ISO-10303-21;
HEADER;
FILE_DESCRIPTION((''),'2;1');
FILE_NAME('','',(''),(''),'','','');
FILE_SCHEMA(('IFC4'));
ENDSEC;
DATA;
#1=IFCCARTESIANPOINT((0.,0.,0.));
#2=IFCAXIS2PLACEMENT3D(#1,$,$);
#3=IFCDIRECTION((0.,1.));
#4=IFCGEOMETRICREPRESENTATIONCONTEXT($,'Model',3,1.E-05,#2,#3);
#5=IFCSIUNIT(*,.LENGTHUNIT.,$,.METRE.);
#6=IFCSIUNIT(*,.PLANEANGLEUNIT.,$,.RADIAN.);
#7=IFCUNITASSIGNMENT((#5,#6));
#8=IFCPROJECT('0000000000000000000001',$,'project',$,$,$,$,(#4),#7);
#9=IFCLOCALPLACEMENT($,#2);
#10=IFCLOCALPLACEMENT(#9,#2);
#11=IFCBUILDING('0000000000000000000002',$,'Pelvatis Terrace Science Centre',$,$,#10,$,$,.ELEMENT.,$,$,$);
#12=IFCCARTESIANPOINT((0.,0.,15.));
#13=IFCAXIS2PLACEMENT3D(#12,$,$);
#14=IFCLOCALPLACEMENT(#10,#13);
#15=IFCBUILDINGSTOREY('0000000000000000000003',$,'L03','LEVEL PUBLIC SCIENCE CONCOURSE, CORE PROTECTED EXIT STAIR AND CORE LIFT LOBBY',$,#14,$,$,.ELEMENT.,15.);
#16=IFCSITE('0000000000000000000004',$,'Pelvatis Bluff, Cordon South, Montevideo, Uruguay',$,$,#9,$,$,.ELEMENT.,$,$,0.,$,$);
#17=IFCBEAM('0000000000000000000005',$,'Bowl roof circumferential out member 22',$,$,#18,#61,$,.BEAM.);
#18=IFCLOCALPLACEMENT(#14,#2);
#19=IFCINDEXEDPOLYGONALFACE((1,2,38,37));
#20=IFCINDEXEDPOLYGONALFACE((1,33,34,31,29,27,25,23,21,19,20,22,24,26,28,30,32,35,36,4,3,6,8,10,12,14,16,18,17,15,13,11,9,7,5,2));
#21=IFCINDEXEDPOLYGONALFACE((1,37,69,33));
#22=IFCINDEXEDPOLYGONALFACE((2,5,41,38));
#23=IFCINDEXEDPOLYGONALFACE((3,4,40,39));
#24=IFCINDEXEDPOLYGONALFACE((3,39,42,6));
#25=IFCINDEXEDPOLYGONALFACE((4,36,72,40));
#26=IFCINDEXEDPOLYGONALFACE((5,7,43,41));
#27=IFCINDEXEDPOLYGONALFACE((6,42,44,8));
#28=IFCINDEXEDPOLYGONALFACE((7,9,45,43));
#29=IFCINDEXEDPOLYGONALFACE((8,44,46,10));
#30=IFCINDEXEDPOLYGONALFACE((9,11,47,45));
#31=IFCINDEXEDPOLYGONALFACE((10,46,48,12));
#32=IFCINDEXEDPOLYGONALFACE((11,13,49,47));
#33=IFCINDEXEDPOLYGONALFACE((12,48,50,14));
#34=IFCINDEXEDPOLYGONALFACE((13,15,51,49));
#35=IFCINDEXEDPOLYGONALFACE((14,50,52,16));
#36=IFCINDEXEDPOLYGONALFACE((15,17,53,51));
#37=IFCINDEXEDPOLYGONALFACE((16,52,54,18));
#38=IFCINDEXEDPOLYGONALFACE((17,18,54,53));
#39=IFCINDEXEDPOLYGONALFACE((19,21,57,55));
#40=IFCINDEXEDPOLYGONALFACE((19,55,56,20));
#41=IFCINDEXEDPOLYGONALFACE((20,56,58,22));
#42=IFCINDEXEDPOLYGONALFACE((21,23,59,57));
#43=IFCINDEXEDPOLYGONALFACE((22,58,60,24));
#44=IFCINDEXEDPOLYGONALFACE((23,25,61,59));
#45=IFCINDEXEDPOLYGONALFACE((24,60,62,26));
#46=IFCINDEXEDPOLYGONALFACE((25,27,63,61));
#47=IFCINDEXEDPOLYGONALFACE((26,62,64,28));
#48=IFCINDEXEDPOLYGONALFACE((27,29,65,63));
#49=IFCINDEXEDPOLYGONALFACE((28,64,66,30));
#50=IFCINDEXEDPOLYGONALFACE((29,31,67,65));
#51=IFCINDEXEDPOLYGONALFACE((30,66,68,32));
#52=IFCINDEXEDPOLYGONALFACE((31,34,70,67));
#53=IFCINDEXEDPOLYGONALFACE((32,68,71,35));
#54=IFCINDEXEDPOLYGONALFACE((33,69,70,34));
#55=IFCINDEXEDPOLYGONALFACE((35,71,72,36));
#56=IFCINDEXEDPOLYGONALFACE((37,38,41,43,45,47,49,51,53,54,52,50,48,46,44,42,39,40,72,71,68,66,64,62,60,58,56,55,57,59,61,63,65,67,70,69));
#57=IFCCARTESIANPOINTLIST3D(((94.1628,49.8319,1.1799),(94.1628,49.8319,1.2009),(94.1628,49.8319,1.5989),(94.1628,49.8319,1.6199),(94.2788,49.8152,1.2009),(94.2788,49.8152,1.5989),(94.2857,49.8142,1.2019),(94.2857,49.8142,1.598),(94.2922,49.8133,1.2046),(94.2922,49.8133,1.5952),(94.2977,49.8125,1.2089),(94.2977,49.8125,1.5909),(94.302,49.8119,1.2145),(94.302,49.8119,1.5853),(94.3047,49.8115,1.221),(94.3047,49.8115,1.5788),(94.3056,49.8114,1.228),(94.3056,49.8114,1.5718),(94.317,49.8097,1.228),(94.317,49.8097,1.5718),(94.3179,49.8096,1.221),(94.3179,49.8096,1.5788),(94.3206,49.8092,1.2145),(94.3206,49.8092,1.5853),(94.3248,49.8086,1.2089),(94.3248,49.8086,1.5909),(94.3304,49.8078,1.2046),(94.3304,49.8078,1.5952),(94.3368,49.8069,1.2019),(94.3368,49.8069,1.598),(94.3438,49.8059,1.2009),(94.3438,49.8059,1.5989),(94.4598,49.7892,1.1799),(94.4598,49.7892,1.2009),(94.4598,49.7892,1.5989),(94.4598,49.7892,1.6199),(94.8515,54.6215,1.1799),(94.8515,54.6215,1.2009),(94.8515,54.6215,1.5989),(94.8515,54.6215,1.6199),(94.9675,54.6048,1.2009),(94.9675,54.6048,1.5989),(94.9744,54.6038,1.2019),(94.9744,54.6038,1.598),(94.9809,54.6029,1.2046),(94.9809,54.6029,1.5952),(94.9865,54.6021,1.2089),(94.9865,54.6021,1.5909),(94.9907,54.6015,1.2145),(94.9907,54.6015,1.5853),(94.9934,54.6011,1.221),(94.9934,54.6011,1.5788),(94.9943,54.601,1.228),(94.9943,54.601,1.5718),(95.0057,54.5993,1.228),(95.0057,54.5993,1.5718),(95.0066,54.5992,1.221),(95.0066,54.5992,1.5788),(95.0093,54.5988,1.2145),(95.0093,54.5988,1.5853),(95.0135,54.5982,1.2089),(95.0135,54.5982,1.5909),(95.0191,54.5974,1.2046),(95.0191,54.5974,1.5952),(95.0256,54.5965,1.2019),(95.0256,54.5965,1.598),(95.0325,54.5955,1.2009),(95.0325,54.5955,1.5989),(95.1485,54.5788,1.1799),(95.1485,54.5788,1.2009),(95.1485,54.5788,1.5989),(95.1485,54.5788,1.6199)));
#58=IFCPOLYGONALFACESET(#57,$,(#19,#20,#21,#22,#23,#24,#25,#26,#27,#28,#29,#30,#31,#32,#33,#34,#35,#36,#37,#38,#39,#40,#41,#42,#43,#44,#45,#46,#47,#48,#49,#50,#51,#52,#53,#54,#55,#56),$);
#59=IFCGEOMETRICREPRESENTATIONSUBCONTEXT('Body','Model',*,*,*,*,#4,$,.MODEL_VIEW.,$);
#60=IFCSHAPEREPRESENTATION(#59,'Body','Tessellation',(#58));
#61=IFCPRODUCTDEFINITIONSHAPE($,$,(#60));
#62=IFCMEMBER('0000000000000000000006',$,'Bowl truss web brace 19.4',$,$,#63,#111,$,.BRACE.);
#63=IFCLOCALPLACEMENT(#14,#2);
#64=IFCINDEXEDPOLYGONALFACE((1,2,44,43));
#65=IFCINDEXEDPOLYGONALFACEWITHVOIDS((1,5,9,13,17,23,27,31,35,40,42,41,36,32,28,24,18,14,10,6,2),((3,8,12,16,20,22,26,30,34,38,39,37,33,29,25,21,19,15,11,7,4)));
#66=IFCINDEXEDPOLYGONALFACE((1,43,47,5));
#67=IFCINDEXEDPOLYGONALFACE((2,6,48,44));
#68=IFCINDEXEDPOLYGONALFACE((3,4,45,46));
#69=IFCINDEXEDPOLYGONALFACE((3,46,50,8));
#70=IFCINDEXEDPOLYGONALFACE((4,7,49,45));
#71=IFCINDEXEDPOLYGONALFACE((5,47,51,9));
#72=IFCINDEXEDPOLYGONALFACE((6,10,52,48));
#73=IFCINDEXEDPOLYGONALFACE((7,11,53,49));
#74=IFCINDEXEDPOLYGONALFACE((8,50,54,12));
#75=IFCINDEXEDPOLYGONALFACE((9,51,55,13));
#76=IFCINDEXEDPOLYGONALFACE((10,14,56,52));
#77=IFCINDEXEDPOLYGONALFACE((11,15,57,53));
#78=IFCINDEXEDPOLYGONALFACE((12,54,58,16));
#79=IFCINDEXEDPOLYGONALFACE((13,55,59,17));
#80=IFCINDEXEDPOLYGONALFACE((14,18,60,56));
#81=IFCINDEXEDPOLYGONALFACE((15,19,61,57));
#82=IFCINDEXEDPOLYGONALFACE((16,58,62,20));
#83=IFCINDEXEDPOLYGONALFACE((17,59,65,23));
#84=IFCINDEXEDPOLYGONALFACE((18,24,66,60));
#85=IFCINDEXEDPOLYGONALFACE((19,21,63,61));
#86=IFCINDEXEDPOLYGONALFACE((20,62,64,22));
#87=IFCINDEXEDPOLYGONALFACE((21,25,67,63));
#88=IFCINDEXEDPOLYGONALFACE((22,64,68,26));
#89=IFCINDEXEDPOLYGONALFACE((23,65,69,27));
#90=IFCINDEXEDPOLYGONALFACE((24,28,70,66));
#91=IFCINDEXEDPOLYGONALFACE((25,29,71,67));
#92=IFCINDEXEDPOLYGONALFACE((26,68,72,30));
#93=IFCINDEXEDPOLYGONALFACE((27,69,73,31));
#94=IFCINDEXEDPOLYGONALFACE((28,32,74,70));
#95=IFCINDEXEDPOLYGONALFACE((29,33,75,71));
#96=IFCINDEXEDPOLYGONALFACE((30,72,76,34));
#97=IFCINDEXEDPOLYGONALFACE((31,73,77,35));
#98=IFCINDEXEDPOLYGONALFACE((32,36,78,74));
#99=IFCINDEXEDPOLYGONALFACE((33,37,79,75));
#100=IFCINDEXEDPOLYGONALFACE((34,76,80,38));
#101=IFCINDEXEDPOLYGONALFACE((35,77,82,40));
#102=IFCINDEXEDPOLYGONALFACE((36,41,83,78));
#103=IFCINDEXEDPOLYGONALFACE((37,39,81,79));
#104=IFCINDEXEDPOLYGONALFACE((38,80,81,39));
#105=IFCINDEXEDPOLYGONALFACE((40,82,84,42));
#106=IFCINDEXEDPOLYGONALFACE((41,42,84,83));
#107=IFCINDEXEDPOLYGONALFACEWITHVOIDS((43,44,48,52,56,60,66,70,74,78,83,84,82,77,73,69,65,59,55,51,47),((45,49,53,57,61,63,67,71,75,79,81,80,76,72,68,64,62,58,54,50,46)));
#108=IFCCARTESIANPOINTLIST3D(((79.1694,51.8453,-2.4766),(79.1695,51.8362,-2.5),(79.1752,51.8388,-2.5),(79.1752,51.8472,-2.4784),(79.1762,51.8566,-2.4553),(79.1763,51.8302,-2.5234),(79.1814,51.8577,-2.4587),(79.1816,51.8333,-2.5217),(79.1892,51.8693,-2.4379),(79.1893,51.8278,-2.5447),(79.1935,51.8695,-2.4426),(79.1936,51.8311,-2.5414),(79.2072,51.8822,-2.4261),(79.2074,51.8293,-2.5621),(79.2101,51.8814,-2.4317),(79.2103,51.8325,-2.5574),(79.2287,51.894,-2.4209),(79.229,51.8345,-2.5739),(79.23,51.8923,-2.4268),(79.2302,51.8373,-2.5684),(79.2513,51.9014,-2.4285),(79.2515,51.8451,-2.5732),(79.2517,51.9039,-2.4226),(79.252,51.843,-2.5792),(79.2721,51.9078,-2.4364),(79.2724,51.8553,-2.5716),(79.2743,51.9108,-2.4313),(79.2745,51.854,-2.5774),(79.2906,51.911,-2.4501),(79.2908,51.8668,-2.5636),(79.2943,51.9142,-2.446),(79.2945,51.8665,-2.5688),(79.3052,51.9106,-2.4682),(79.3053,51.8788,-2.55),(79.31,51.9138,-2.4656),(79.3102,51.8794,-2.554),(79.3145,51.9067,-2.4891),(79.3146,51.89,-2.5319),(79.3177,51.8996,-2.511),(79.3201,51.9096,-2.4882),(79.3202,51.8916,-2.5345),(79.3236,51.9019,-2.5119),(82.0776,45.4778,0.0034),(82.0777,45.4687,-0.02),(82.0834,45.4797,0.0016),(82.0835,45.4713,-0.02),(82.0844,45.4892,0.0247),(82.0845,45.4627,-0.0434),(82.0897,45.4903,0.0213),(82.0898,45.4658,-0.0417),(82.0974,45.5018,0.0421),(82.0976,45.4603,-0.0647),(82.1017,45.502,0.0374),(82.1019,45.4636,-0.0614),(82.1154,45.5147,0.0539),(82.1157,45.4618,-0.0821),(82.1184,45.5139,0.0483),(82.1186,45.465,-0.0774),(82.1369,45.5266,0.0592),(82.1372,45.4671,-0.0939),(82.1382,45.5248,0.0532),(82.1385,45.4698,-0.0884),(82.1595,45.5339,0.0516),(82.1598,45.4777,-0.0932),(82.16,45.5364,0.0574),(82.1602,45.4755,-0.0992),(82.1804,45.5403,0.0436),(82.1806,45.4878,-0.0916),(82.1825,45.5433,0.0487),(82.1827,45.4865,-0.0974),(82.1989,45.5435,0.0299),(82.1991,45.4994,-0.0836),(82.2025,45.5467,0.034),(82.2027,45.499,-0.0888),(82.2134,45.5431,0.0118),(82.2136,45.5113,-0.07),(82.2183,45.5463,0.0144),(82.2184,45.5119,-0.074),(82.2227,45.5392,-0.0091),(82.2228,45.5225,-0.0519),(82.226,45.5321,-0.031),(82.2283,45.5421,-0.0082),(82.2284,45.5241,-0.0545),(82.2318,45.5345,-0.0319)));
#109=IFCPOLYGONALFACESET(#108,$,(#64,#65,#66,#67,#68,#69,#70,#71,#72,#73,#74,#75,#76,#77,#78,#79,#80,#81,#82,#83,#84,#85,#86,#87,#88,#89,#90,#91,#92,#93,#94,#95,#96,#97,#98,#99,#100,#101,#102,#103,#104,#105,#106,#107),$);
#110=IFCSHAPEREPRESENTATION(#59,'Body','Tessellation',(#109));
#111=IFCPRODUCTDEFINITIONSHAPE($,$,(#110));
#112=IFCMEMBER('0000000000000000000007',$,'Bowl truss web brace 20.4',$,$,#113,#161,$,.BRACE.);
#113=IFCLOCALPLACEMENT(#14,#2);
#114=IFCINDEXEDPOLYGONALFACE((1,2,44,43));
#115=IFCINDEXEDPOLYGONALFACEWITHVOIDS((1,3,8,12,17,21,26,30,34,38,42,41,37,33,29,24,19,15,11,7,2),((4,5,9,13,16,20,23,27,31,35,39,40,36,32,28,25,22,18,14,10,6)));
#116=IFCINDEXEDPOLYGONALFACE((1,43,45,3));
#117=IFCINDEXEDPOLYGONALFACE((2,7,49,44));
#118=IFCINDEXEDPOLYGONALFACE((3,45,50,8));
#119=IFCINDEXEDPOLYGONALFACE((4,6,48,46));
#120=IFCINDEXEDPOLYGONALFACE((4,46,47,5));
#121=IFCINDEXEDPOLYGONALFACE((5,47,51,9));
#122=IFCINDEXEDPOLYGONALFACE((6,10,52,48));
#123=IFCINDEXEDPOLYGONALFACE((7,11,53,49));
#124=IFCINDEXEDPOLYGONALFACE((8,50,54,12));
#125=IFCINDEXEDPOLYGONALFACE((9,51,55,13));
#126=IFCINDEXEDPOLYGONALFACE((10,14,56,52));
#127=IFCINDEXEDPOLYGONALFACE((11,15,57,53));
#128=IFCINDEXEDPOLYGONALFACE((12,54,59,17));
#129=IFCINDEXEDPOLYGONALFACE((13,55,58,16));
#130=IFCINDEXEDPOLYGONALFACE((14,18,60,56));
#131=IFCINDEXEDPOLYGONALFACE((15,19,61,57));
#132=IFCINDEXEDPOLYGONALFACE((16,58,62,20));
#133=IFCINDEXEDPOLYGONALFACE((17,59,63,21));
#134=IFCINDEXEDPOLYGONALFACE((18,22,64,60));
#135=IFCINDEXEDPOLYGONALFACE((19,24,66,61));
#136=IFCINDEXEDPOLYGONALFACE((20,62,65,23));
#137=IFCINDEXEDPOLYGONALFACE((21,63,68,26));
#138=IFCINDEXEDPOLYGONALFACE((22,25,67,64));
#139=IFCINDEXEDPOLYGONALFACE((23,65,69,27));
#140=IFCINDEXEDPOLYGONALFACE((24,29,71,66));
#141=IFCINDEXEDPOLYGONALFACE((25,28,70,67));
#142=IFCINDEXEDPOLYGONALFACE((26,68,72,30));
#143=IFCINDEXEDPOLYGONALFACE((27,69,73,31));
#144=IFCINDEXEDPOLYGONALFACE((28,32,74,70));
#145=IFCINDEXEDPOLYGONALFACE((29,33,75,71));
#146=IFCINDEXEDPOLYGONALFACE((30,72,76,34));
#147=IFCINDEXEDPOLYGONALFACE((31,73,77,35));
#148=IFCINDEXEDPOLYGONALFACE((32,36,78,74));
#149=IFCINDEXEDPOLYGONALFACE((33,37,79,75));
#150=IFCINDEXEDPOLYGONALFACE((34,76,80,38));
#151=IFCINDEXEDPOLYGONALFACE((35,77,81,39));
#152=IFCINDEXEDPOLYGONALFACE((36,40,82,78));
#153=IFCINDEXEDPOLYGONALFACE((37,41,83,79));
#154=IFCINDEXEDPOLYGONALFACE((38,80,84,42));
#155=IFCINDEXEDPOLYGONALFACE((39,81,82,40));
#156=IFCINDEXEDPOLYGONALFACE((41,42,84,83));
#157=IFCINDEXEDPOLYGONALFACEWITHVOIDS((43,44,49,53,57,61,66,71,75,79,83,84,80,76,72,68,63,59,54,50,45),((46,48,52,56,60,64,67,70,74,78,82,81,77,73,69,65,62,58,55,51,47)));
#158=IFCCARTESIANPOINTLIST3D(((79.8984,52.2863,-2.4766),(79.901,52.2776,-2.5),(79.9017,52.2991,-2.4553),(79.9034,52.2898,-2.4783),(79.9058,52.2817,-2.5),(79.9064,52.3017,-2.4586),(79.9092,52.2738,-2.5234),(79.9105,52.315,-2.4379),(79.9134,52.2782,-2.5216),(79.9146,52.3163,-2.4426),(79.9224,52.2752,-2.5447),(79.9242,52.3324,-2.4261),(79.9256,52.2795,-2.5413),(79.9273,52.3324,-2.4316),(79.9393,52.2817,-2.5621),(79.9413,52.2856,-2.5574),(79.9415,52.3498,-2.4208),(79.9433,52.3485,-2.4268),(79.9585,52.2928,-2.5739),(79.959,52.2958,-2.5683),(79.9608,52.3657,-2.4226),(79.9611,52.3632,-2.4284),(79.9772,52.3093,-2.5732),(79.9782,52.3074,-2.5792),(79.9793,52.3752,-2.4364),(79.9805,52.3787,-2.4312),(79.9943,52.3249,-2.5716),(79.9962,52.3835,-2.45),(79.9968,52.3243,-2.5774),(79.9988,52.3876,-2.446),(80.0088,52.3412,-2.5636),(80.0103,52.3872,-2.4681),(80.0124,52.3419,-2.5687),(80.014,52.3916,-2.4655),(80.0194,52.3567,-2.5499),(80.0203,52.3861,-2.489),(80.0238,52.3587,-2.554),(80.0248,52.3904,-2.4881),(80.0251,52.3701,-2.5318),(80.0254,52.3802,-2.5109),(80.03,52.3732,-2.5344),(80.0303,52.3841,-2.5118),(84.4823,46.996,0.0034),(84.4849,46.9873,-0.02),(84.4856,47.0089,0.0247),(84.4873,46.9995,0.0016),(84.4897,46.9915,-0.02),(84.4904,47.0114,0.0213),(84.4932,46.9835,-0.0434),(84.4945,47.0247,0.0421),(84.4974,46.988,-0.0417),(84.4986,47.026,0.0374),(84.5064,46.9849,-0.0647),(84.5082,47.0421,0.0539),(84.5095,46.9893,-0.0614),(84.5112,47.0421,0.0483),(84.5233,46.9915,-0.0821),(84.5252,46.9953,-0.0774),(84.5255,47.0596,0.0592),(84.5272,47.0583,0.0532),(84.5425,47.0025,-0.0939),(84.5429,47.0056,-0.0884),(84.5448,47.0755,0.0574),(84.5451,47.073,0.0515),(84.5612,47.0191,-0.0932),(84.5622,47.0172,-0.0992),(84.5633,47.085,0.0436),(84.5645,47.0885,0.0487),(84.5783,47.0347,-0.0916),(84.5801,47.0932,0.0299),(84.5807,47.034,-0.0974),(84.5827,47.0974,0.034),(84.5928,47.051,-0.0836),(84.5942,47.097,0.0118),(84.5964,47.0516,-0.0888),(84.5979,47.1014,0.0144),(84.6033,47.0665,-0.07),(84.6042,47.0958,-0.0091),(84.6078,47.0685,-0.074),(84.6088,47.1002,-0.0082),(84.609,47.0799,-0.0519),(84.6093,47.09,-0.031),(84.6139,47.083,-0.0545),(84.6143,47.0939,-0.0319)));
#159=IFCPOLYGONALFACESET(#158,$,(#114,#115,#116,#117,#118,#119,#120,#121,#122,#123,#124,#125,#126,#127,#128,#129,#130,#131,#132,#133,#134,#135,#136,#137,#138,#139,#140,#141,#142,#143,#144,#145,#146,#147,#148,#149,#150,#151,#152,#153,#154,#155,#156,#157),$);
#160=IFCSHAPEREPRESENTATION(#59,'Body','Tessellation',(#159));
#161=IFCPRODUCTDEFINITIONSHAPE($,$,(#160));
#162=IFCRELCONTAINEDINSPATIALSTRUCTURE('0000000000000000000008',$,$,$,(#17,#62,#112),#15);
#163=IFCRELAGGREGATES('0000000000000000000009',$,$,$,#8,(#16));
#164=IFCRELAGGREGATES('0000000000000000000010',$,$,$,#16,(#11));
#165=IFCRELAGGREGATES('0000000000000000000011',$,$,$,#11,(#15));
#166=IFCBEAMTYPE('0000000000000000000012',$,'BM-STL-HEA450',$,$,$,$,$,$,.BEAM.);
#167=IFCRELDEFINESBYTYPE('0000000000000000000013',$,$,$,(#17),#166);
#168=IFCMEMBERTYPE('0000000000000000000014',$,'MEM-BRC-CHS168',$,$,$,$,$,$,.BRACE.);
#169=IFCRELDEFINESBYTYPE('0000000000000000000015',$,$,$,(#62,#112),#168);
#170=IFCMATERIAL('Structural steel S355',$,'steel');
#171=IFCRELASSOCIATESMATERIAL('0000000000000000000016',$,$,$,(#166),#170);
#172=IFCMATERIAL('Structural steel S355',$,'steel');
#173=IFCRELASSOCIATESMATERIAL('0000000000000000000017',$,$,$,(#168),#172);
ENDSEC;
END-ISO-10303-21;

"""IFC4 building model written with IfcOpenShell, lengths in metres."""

from ifc_helpers import new_model, si_unit, direction, frame, origin, origin_2d, place, context, subcontext, project, spatial, hollow_circle, i_section, extrude, material, material_profile, profile_set, type_object, element, save


model = new_model("IFC4")

# Units and contexts
model_context = context("Model", 3, precision=1e-05, world=origin(), true_north=direction((0.0, 1.0)))
body_context = subcontext(model_context, "Body", "Model", "MODEL_VIEW")
ifc_project = project(units=[si_unit("LENGTHUNIT", "METRE"), si_unit("PLANEANGLEUNIT", "RADIAN")], contexts=[model_context])

# Site, building, storey
site_placement = place(None, origin())
site = spatial("IfcSite", under=ifc_project, at=site_placement, Name="Pelvatis Bluff, Cordon South, Montevideo, Uruguay", CompositionType="ELEMENT", RefElevation=0.0)
building_placement = place(site_placement, origin())
building = spatial("IfcBuilding", under=site, at=building_placement, Name="Pelvatis Terrace Science Centre", CompositionType="ELEMENT")
storey_placement = place(building_placement, frame((0.0, 0.0, 15.0)))
storey = spatial("IfcBuildingStorey", under=building, at=storey_placement, Name="L03", Description="LEVEL PUBLIC SCIENCE CONCOURSE, CORE PROTECTED EXIT STAIR AND CORE LIFT LOBBY", CompositionType="ELEMENT", Elevation=15.0)

# Beam
ifc_material_1 = material(Name="Structural steel S355", Category="steel")
ifc_material_profile_1 = material_profile(ifc_material_1, i_section(OverallWidth=0.3, OverallDepth=0.4399, WebThickness=0.0115, FlangeThickness=0.021, FilletRadius=0.0271, at=origin_2d()), Name="HEA 450")
ifc_profile_set_1 = profile_set([ifc_material_profile_1], Name="Structural steel S355")
beam_type_1 = type_object("IfcBeamType", Name="BM-STL-HEA450", PredefinedType="BEAM", material=ifc_profile_set_1)
beam_1_placement = place(storey_placement, frame((94.3113, 49.8105, 1.3999), z_axis=(0.142333, 0.989819, 0.0), x_axis=(-0.989819, 0.142333, 0.0)))
element("IfcBeam", 1, at=beam_1_placement, inside=storey, type_object=beam_type_1, Name="Bowl roof circumferential out member 22", PredefinedType="BEAM", context=body_context, shape_type="SweptSolid", body=[
    extrude(i_section(OverallWidth=0.3, OverallDepth=0.4399, WebThickness=0.0115, FlangeThickness=0.021, FilletRadius=0.0271, at=origin_2d()), origin(), (0.0, 0.0, 1.0), 4.8389),
])

# Members
ifc_material_2 = material(Name="Structural steel S355", Category="steel")
ifc_material_profile_2 = material_profile(ifc_material_2, hollow_circle(Radius=0.0842, WallThickness=0.0063, at=origin_2d()), Name="CHS 168.3x6.3")
ifc_profile_set_2 = profile_set([ifc_material_profile_2], Name="Structural steel S355")
member_type_1 = type_object("IfcMemberType", Name="MEM-BRC-CHS168", PredefinedType="BRACE", material=ifc_profile_set_2)
member_1_placement = place(storey_placement, frame((82.1543, 45.5037, -0.02), z_axis=(-0.391601, 0.857399, -0.333939), x_axis=(-0.909616, -0.41545, 0.0)))
element("IfcMember", 2, at=member_1_placement, inside=storey, type_object=member_type_1, Name="Bowl truss web brace 19.4", PredefinedType="BRACE", context=body_context, shape_type="SweptSolid", body=[
    extrude(hollow_circle(Radius=0.0842, WallThickness=0.0063, at=origin_2d()), origin(), (0.0, 0.0, 1.0), 7.4265),
])
member_2_placement = place(storey_placement, frame((84.5486, 47.0425, -0.02), z_axis=(-0.617261, 0.712369, -0.333944), x_axis=(-0.755755, -0.654855, 0.0)))
element("IfcMember", 3, at=member_2_placement, inside=storey, type_object=member_type_1, Name="Bowl truss web brace 20.4", PredefinedType="BRACE", context=body_context, shape_type="SweptSolid", body=[
    extrude(hollow_circle(Radius=0.0842, WallThickness=0.0063, at=origin_2d()), origin(), (0.0, 0.0, 1.0), 7.4263),
])

save(model, "model.ifc")
